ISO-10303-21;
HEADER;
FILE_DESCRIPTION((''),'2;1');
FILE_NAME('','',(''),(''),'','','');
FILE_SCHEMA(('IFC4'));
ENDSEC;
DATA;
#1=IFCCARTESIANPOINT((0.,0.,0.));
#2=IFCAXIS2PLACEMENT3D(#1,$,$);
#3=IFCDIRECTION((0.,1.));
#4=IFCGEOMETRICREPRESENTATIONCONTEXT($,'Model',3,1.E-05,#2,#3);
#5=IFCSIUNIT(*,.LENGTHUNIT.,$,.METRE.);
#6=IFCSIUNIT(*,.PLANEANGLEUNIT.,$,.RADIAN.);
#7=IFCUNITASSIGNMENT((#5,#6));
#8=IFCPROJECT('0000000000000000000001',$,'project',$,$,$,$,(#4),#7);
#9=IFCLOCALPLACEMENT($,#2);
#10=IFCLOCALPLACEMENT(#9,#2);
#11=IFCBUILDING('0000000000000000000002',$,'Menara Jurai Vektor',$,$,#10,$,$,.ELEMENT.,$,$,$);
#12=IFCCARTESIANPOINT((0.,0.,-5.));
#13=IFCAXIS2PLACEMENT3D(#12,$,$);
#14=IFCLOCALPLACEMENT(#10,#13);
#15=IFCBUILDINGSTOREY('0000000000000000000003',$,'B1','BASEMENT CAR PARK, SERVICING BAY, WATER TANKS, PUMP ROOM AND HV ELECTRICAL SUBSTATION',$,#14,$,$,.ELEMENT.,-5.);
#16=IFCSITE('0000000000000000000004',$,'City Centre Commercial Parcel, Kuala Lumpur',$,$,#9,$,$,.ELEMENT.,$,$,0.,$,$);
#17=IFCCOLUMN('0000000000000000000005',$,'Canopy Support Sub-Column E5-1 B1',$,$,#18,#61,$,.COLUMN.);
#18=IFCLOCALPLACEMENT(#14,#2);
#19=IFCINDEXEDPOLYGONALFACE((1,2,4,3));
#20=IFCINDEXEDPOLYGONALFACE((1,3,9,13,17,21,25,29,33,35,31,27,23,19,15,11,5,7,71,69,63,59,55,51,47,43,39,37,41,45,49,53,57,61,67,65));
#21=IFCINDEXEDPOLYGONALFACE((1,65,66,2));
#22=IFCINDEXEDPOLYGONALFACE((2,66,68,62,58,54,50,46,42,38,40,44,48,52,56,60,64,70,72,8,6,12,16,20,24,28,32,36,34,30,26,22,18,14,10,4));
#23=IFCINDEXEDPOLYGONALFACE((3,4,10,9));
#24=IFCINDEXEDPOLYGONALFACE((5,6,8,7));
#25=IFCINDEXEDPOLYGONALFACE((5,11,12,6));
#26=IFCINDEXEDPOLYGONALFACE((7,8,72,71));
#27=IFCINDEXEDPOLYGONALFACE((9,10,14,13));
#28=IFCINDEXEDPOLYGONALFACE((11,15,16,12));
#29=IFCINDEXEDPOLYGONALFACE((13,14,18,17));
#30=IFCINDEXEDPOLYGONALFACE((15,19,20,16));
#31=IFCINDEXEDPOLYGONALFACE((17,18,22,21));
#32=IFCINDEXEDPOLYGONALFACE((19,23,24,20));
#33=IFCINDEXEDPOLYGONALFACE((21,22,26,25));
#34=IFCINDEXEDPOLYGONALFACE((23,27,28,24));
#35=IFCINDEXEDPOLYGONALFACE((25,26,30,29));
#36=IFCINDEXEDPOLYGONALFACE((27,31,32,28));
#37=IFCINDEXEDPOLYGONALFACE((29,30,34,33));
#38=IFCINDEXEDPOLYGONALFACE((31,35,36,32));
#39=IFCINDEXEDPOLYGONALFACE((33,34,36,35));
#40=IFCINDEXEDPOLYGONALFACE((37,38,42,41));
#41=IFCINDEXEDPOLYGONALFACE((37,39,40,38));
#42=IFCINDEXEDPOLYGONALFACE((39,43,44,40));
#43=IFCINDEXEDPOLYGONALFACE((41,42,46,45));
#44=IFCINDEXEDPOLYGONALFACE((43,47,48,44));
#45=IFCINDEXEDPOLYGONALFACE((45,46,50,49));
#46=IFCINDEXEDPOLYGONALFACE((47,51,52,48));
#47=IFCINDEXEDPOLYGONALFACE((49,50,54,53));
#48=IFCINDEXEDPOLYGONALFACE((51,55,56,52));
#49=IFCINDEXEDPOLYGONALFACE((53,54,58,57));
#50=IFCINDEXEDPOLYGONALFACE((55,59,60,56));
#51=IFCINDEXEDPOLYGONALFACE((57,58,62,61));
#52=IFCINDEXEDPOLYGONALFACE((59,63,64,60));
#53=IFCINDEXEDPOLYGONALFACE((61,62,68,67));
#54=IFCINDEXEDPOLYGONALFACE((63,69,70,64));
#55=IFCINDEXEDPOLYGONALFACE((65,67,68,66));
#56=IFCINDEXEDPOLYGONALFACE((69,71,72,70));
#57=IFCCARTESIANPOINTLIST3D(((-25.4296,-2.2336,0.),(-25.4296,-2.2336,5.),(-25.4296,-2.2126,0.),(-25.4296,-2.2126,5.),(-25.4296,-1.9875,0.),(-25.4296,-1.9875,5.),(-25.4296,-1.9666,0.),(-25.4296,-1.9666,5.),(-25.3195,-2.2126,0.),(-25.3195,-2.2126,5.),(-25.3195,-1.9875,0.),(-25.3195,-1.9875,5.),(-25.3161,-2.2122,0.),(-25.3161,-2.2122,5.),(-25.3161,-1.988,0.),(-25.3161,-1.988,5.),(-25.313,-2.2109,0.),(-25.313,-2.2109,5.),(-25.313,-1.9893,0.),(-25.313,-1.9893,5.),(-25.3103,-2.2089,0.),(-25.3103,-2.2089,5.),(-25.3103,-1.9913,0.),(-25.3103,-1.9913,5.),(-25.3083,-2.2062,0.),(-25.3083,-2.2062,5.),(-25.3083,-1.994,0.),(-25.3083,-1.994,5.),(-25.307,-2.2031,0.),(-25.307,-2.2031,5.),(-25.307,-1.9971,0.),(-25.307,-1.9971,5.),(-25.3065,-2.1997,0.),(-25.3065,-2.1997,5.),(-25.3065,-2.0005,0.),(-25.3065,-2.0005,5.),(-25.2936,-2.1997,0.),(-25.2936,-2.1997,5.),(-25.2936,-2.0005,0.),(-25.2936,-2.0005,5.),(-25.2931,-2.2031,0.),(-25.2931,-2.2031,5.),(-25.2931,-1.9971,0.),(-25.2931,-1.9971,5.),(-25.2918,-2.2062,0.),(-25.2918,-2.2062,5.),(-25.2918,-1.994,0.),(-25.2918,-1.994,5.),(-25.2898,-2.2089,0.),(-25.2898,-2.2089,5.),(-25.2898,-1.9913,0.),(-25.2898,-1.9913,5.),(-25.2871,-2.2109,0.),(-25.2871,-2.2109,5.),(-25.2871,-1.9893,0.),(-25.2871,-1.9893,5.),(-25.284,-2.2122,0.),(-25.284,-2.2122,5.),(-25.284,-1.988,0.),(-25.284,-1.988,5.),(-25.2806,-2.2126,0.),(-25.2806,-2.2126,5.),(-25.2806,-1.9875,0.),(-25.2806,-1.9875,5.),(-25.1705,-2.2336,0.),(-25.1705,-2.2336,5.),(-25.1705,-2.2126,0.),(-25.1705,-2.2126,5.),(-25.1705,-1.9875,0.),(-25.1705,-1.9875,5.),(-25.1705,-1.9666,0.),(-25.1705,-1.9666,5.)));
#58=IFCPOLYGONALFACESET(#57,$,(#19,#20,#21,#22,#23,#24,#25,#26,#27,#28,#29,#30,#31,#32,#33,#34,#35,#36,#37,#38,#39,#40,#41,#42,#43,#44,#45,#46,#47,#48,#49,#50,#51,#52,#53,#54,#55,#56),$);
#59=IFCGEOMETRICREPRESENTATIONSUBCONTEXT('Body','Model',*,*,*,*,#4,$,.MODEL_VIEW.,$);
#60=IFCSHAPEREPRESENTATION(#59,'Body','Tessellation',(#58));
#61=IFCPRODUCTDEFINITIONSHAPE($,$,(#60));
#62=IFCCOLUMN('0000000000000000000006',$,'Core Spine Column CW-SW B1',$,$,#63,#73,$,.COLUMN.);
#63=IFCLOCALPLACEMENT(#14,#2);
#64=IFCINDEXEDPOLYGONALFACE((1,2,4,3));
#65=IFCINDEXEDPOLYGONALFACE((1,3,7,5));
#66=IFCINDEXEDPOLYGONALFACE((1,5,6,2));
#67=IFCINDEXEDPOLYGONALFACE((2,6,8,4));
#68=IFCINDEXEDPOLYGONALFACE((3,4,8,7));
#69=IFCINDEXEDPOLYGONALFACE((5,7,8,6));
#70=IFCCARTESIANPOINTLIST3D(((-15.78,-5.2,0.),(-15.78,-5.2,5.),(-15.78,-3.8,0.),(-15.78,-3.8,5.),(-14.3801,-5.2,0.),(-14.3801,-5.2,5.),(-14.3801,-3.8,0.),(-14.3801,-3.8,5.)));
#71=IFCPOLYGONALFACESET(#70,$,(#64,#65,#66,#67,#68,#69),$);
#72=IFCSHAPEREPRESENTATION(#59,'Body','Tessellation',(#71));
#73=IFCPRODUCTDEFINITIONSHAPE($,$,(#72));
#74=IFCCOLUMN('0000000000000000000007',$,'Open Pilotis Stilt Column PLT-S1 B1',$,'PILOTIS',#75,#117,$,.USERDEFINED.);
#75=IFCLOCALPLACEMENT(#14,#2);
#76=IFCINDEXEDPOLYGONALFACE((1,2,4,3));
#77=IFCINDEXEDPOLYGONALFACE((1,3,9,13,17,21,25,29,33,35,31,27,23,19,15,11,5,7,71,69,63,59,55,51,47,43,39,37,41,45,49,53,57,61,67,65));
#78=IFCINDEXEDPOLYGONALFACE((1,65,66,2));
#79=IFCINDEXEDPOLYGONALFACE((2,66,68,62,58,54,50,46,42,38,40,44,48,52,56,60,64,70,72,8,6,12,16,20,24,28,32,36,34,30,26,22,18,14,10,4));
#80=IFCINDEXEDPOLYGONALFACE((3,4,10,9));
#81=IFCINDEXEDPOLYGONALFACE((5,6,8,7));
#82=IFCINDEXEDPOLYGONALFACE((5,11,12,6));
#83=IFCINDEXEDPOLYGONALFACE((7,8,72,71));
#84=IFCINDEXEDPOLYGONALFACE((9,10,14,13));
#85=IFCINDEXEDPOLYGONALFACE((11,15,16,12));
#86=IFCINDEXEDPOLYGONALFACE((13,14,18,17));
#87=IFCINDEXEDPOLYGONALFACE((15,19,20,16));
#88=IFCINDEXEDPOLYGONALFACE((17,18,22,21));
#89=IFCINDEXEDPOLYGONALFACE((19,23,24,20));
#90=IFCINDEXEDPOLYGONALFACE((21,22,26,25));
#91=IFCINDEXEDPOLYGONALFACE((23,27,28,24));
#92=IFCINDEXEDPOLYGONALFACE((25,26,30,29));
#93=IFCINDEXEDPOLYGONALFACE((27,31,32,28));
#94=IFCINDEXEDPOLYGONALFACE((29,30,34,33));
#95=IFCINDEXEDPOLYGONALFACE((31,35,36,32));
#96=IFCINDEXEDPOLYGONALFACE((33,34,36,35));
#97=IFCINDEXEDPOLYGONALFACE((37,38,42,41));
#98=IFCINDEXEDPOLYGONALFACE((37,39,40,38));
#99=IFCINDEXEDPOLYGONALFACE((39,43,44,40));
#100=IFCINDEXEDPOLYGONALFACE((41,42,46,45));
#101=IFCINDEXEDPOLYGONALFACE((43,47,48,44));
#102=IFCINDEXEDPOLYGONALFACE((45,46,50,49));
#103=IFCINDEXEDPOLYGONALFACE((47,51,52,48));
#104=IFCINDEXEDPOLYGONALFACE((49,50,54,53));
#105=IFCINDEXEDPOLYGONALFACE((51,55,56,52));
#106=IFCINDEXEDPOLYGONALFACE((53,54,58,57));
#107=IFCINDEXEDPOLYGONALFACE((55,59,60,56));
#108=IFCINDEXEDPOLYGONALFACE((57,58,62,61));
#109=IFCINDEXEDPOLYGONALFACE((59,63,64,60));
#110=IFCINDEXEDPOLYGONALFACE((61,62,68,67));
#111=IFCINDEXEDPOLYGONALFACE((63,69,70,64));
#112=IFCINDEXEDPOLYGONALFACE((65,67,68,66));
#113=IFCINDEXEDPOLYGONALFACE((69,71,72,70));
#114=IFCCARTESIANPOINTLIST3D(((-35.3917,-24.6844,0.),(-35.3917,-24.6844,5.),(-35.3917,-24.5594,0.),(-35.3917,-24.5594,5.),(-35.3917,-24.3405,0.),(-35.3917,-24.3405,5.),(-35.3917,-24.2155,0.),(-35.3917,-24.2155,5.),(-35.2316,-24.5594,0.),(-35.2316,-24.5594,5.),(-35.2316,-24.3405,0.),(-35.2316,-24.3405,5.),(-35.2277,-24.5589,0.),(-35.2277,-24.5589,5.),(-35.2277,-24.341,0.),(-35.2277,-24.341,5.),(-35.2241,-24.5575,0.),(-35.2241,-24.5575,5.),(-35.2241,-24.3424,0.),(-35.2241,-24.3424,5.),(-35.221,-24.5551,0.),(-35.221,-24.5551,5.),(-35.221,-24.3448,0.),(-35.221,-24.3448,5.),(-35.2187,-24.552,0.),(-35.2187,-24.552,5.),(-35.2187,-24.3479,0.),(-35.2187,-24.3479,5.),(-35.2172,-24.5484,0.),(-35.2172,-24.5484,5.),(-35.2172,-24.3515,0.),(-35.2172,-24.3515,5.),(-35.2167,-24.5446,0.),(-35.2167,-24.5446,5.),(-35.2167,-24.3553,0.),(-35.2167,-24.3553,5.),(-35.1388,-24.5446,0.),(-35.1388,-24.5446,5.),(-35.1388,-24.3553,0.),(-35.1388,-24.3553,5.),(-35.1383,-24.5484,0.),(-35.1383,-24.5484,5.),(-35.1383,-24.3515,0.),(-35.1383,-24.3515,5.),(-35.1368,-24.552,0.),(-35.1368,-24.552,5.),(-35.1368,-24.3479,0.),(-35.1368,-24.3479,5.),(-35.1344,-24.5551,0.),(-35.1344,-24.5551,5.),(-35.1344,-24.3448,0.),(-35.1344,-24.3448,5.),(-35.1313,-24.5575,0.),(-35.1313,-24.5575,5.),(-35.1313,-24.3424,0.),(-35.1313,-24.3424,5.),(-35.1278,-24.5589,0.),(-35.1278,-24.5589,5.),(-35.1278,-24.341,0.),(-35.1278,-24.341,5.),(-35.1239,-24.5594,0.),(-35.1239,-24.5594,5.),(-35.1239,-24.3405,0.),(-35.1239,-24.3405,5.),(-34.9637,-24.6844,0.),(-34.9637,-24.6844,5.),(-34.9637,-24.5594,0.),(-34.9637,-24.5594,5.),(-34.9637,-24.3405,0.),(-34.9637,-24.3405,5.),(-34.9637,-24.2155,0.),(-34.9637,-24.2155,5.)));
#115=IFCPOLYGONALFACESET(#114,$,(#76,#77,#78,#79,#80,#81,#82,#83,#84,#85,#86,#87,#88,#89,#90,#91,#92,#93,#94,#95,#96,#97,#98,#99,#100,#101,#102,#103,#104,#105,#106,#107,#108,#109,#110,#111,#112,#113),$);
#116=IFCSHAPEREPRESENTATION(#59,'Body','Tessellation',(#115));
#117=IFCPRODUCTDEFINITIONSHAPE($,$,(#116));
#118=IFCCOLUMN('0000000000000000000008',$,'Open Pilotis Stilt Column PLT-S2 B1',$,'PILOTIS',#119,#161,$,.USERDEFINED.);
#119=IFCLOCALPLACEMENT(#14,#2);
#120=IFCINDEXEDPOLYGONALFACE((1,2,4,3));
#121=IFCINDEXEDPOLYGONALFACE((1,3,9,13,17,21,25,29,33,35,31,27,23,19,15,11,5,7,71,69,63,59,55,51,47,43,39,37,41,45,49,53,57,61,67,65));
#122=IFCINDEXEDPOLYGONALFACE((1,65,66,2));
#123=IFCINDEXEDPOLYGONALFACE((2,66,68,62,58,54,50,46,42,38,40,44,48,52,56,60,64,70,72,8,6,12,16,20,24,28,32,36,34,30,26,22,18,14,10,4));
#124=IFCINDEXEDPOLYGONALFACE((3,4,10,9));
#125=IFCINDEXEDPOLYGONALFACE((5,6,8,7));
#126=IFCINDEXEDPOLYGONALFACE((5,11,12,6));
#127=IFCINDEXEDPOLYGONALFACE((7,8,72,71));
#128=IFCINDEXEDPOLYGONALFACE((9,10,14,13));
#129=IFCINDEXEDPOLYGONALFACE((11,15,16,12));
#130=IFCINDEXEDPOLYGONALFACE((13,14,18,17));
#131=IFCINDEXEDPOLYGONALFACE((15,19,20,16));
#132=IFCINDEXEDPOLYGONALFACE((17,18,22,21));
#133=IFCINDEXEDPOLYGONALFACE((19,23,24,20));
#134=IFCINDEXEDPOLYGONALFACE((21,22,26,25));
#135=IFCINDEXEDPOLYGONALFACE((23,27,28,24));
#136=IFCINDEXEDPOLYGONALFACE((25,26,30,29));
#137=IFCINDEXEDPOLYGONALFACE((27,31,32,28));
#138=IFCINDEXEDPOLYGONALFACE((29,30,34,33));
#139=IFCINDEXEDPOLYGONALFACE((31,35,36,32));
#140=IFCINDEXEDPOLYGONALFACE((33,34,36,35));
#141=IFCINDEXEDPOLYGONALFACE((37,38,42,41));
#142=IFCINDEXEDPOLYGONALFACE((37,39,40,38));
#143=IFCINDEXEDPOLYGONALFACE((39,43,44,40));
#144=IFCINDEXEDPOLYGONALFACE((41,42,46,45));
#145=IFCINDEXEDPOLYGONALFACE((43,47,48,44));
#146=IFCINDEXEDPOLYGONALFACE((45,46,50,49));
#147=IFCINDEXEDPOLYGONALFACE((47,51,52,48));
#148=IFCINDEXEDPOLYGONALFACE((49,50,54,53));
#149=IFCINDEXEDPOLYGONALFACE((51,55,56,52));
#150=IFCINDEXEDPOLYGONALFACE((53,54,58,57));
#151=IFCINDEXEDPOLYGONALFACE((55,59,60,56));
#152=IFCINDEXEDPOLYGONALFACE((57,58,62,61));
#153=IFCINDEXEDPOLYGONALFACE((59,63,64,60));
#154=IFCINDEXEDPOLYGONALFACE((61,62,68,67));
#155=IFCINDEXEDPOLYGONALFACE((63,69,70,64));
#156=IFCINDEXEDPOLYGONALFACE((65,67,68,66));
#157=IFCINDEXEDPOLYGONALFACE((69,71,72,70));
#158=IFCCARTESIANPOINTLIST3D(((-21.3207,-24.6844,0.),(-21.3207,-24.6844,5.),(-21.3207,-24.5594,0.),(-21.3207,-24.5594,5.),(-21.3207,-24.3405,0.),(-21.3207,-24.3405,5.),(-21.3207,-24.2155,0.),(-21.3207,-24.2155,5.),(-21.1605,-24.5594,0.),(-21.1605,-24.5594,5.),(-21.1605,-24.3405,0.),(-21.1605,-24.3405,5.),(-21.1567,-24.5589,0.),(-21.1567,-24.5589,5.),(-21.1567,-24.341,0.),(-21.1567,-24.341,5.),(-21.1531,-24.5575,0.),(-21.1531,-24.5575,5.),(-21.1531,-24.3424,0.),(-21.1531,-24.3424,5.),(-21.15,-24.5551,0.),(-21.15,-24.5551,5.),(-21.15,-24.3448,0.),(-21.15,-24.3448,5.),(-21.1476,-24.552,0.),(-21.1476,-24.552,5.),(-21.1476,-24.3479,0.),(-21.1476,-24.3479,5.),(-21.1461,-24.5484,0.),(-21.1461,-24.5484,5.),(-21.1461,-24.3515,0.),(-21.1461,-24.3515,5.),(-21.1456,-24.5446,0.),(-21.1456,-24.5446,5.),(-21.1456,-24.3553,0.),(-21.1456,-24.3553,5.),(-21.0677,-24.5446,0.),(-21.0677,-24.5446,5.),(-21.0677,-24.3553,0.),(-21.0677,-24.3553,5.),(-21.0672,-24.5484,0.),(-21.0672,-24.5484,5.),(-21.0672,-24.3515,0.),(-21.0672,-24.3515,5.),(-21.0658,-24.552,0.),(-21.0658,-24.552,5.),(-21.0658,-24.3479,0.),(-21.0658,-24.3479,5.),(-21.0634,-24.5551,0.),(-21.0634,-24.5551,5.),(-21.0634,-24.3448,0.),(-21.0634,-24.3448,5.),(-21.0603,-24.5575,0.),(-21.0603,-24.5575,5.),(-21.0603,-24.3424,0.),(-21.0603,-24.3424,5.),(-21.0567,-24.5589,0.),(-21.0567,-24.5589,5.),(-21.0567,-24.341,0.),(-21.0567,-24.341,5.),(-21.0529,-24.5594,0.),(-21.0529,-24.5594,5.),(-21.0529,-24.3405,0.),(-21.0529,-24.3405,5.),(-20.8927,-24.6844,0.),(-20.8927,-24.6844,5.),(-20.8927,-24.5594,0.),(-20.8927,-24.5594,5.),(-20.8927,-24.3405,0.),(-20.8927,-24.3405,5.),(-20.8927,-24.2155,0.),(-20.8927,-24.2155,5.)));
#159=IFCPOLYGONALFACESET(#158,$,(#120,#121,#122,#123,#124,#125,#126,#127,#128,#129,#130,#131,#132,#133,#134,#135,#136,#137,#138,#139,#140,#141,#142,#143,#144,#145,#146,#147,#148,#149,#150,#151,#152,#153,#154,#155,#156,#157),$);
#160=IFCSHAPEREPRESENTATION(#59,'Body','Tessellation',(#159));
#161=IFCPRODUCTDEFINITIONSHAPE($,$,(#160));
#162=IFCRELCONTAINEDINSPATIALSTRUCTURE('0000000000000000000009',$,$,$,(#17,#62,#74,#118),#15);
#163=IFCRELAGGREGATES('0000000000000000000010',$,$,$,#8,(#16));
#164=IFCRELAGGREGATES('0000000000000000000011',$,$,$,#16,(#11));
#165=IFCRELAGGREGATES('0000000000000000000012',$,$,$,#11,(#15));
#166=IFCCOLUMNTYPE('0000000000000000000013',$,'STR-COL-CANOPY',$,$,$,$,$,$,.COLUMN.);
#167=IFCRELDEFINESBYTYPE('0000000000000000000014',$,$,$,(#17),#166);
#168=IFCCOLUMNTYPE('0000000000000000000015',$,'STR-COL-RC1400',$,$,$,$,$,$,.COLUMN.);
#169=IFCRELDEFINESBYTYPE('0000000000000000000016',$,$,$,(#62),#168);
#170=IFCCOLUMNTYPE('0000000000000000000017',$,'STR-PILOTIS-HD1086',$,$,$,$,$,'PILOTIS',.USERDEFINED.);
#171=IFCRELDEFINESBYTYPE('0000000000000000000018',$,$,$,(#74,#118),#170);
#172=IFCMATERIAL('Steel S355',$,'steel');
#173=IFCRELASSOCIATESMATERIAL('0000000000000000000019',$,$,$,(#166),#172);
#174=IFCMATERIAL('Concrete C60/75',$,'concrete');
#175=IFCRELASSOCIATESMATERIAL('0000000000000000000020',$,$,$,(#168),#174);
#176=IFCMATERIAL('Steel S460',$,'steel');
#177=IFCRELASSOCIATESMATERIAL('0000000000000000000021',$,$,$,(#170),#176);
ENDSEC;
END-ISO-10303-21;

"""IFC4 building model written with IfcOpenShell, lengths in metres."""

from ifc_helpers import new_model, si_unit, direction, frame, origin, origin_2d, place, context, subcontext, project, spatial, rectangle, i_section, extrude, material, material_profile, profile_set, type_object, element, save


model = new_model("IFC4")

# Units and contexts
model_context = context("Model", 3, precision=1e-05, world=origin(), true_north=direction((0.0, 1.0)))
body_context = subcontext(model_context, "Body", "Model", "MODEL_VIEW")
ifc_project = project(units=[si_unit("LENGTHUNIT", "METRE"), si_unit("PLANEANGLEUNIT", "RADIAN")], contexts=[model_context])

# Site, building, storey
site_placement = place(None, origin())
site = spatial("IfcSite", under=ifc_project, at=site_placement, Name="City Centre Commercial Parcel, Kuala Lumpur", CompositionType="ELEMENT", RefElevation=0.0)
building_placement = place(site_placement, origin())
building = spatial("IfcBuilding", under=site, at=building_placement, Name="Menara Jurai Vektor", CompositionType="ELEMENT")
storey_placement = place(building_placement, frame((0.0, 0.0, -5.0)))
storey = spatial("IfcBuildingStorey", under=building, at=storey_placement, Name="B1", Description="BASEMENT CAR PARK, SERVICING BAY, WATER TANKS, PUMP ROOM AND HV ELECTRICAL SUBSTATION", CompositionType="ELEMENT", Elevation=-5.0)

# Columns
ifc_material_1 = material(Name="Steel S355", Category="steel")
ifc_material_profile_1 = material_profile(ifc_material_1, i_section(OverallWidth=0.259, OverallDepth=0.2671, WebThickness=0.0129, FlangeThickness=0.021, FilletRadius=0.0129, at=origin_2d()), Name="UKC 254x254x107")
ifc_profile_set_1 = profile_set([ifc_material_profile_1], Name="Steel S355")
column_type_1 = type_object("IfcColumnType", Name="STR-COL-CANOPY", PredefinedType="COLUMN", material=ifc_profile_set_1)
column_1_placement = place(storey_placement, frame((-25.3, -2.1001, 0.0), z_axis=(0.0, 0.0, 1.0), x_axis=(1.0, 0.0, 0.0)))
element("IfcColumn", 1, at=column_1_placement, inside=storey, type_object=column_type_1, Name="Canopy Support Sub-Column E5-1 B1", PredefinedType="COLUMN", context=body_context, shape_type="SweptSolid", body=[
    extrude(i_section(OverallWidth=0.259, OverallDepth=0.2671, WebThickness=0.0129, FlangeThickness=0.021, FilletRadius=0.0129, at=origin_2d()), origin(), (0.0, 0.0, 1.0), 5.0),
])
ifc_material_2 = material(Name="Concrete C60/75", Category="concrete")
ifc_material_profile_2 = material_profile(ifc_material_2, rectangle(XDim=1.3999, YDim=1.3999, at=origin_2d()), Name="RC 1400x1400")
ifc_profile_set_2 = profile_set([ifc_material_profile_2], Name="Concrete C60/75")
column_type_2 = type_object("IfcColumnType", Name="STR-COL-RC1400", PredefinedType="COLUMN", material=ifc_profile_set_2)
column_2_placement = place(storey_placement, frame((-15.0801, -4.5, 0.0), z_axis=(0.0, 0.0, 1.0), x_axis=(1.0, 0.0, 0.0)))
element("IfcColumn", 2, at=column_2_placement, inside=storey, type_object=column_type_2, Name="Core Spine Column CW-SW B1", PredefinedType="COLUMN", context=body_context, shape_type="SweptSolid", body=[
    extrude(rectangle(XDim=1.3999, YDim=1.3999, at=origin_2d()), origin(), (0.0, 0.0, 1.0), 5.0),
])
ifc_material_3 = material(Name="Steel S460", Category="steel")
ifc_material_profile_3 = material_profile(ifc_material_3, i_section(OverallWidth=0.428, OverallDepth=0.469, WebThickness=0.0779, FlangeThickness=0.125, FilletRadius=0.0149, at=origin_2d()), Name="HD 400x1086")
ifc_profile_set_3 = profile_set([ifc_material_profile_3], Name="Steel S460")
column_type_3 = type_object("IfcColumnType", Name="STR-PILOTIS-HD1086", ElementType="PILOTIS", PredefinedType="USERDEFINED", material=ifc_profile_set_3)
for number, where, z_axis, x_axis, name in (
    (3, (-35.1777, -24.45, 0.0), (0.0, 0.0, 1.0), (1.0, 0.0, 0.0), "Open Pilotis Stilt Column PLT-S1 B1"),
    (4, (-21.1067, -24.45, 0.0), (0.0, 0.0, 1.0), (1.0, 0.0, 0.0), "Open Pilotis Stilt Column PLT-S2 B1"),
):
    element("IfcColumn", number, at=place(storey_placement, frame(where, z_axis=z_axis, x_axis=x_axis)), inside=storey, type_object=column_type_3, Name=name, ObjectType="PILOTIS", PredefinedType="USERDEFINED", context=body_context, shape_type="SweptSolid", body=[
        extrude(i_section(OverallWidth=0.428, OverallDepth=0.469, WebThickness=0.0779, FlangeThickness=0.125, FilletRadius=0.0149, at=origin_2d()), origin(), (0.0, 0.0, 1.0), 5.0),
    ])

save(model, "model.ifc")
